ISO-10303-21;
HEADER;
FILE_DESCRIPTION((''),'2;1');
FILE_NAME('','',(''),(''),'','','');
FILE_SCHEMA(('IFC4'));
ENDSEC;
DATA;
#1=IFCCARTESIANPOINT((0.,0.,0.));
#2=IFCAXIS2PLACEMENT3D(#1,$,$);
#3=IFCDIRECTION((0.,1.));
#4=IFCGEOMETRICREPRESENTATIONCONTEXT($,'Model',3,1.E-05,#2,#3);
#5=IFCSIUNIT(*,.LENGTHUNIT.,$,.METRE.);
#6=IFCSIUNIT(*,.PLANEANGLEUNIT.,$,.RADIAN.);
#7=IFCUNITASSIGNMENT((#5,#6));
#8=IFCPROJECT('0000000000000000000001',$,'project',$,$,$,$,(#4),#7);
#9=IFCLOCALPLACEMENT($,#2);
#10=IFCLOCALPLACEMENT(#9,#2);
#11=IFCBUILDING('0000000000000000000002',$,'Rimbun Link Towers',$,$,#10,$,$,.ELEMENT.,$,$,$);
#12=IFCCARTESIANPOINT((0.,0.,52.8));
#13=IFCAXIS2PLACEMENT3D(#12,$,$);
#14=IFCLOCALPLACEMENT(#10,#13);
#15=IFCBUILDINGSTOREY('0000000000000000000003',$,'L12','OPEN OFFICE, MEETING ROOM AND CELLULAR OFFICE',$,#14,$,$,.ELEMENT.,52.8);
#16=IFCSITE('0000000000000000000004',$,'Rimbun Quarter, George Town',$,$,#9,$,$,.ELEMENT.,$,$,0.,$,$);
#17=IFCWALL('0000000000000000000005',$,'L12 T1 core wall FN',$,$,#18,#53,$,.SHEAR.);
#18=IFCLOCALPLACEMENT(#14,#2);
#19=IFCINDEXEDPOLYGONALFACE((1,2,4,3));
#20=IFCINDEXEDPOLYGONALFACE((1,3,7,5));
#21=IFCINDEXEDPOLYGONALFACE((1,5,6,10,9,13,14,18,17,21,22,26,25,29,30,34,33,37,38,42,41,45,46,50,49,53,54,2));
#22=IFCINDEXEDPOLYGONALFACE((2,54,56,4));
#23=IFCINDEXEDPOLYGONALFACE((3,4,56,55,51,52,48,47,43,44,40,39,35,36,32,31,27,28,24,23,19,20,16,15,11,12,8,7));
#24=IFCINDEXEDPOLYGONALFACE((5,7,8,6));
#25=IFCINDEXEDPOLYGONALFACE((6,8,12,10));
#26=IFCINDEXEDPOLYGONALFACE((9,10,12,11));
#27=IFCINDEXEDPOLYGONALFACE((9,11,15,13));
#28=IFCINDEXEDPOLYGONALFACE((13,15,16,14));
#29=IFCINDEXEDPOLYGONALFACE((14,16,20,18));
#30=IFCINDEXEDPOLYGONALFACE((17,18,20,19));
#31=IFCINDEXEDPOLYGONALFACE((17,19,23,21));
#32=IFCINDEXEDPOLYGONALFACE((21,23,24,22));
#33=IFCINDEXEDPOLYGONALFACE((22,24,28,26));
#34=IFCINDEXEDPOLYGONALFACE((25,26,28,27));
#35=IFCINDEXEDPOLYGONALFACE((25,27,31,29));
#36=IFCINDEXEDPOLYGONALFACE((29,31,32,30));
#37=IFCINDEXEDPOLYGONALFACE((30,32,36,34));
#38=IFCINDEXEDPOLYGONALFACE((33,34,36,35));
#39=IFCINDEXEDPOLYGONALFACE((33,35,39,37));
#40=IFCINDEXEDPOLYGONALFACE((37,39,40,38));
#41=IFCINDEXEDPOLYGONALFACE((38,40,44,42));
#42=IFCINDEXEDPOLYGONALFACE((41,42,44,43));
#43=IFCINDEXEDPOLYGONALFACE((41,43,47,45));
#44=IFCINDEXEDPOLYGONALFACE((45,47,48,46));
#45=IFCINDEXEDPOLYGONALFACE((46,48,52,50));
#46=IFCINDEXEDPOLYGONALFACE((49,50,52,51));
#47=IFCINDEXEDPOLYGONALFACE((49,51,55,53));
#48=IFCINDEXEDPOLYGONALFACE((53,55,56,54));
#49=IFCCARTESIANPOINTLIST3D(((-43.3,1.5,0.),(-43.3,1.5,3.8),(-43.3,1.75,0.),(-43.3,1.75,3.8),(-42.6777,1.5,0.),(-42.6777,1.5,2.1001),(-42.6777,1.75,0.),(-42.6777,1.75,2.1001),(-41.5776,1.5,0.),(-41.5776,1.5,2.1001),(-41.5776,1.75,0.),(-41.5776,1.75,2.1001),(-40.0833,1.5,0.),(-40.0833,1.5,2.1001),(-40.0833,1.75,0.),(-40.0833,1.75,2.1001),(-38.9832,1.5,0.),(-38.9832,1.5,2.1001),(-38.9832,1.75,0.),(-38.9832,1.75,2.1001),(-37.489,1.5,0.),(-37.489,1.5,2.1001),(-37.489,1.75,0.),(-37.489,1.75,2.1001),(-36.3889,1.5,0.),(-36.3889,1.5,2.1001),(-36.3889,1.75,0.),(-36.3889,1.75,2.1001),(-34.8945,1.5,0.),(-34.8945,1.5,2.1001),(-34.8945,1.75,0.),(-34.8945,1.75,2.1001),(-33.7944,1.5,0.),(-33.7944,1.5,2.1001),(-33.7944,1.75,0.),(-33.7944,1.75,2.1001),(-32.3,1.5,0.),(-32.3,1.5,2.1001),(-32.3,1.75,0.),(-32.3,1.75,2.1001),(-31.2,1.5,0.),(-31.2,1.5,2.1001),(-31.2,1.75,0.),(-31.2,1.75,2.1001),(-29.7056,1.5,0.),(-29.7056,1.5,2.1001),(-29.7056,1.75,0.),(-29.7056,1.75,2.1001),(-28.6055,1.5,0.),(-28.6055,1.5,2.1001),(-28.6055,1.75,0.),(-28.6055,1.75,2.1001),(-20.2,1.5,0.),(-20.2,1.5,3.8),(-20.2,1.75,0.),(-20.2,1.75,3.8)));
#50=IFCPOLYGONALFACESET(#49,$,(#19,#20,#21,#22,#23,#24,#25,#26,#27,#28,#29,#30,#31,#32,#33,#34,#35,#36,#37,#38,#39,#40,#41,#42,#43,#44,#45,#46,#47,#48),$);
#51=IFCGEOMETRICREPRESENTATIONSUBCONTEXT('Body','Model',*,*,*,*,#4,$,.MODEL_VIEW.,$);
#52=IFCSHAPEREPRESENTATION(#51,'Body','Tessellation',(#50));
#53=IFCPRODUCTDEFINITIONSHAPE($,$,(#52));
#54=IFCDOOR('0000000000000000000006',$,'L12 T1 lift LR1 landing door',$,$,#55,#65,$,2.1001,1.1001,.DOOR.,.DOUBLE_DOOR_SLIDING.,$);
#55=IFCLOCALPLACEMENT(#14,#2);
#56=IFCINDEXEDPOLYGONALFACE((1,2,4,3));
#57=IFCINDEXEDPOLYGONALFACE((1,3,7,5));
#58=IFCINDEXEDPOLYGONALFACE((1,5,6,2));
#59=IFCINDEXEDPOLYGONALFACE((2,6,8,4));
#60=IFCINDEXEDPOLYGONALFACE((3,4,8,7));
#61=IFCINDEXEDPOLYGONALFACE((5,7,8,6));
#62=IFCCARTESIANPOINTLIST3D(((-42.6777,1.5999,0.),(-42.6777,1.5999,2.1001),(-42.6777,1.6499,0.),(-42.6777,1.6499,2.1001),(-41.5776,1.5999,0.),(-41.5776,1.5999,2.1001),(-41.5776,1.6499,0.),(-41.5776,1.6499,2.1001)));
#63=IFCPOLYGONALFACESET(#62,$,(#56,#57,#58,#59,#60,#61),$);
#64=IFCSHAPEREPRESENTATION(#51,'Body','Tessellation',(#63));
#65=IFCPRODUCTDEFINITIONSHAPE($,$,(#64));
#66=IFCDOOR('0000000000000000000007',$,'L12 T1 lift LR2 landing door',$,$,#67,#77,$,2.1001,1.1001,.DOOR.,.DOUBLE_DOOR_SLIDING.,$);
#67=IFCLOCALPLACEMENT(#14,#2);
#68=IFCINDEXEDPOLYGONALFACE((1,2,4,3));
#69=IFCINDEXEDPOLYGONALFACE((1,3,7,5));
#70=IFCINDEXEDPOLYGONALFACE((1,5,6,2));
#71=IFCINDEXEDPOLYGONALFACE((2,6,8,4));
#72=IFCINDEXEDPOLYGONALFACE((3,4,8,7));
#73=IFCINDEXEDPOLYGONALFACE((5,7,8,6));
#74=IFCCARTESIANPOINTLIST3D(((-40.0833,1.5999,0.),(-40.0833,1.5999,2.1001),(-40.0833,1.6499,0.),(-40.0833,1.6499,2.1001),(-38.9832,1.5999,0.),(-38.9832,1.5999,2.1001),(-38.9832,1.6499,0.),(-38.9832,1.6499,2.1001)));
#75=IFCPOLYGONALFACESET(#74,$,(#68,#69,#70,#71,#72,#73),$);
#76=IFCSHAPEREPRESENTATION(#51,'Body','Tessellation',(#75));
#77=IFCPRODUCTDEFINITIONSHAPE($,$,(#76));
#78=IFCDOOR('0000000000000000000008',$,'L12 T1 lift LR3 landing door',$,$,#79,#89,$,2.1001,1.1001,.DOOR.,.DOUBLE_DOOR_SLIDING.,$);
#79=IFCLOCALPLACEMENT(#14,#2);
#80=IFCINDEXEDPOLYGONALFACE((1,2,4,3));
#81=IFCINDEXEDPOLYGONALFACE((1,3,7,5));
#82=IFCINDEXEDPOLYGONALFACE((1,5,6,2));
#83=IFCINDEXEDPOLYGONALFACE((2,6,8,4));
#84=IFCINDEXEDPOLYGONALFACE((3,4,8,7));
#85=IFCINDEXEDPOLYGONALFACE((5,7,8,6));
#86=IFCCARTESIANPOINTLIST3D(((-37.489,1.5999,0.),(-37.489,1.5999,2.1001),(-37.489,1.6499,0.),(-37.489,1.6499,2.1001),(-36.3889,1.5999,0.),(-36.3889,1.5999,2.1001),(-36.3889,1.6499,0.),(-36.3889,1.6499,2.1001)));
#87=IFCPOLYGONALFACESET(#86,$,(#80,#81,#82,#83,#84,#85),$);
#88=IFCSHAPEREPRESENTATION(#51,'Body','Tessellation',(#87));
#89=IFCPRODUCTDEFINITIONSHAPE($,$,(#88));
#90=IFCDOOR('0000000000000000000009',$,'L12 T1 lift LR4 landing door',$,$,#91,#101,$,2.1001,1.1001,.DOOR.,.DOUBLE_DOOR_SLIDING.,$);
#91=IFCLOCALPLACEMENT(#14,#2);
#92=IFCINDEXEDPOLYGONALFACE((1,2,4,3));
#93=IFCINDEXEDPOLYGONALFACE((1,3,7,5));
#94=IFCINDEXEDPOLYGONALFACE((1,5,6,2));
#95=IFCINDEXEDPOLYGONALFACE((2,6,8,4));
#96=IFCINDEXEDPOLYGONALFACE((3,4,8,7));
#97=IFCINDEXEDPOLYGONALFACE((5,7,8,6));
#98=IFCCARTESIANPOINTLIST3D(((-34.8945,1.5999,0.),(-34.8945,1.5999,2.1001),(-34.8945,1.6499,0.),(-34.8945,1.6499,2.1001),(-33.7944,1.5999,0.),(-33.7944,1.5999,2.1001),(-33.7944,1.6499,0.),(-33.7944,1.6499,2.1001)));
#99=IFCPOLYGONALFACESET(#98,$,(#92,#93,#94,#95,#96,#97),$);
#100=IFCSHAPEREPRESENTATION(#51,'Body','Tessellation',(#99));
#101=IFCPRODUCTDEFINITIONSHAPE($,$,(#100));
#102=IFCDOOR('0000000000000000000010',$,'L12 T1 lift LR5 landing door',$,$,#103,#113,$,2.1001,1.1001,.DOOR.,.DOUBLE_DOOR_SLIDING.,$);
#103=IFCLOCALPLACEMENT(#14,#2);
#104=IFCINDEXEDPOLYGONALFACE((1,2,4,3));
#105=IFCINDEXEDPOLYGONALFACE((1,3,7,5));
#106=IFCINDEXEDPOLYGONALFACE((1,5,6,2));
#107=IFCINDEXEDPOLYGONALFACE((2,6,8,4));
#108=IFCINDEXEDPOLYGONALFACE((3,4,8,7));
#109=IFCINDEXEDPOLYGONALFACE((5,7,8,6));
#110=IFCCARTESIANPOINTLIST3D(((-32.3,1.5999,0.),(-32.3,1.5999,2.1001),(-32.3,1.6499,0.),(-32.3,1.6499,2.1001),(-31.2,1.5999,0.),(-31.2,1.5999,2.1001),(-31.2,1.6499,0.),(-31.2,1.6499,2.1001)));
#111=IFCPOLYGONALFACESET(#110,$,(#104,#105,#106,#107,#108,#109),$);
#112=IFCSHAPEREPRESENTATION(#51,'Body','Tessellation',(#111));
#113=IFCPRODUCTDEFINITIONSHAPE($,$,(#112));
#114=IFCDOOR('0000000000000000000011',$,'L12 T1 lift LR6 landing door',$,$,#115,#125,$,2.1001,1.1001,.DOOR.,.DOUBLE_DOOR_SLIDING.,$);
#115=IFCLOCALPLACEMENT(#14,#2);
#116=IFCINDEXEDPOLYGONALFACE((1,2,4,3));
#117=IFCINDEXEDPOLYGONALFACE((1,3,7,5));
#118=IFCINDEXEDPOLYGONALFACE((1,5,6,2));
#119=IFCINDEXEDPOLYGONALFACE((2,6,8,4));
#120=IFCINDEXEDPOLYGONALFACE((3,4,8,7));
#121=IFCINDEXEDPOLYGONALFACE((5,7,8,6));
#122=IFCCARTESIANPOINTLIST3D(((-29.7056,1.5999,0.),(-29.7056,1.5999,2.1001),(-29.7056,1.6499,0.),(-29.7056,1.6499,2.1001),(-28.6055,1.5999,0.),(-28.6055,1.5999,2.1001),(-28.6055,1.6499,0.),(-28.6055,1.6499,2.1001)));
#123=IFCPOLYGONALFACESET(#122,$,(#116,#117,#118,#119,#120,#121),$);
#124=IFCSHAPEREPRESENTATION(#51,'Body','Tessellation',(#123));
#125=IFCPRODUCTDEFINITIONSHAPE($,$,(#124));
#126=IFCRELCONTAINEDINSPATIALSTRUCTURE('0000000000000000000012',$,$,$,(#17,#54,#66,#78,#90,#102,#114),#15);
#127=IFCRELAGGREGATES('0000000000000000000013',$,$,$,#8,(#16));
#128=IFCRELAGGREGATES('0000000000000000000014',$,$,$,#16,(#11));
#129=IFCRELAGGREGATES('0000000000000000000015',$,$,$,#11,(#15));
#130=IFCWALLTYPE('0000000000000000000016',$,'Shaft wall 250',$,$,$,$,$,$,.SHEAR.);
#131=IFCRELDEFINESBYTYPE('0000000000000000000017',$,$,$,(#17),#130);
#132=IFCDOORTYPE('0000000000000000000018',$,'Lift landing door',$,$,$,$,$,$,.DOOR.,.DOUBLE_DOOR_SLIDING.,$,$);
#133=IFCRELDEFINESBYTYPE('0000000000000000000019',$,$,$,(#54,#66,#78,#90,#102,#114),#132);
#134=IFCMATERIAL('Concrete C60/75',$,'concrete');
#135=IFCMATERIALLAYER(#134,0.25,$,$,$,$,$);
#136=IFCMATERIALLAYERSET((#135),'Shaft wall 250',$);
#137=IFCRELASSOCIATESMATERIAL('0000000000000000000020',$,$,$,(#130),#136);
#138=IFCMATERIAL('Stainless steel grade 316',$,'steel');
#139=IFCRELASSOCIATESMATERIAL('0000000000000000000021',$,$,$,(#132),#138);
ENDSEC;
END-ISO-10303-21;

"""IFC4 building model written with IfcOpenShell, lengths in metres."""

from ifc_helpers import new_model, si_unit, direction, frame, frame_2d, origin, place, context, subcontext, project, spatial, rectangle, extrude, material, layer, layer_set, type_object, element, fill, save


model = new_model("IFC4")

# Units and contexts
model_context = context("Model", 3, precision=1e-05, world=origin(), true_north=direction((0.0, 1.0)))
body_context = subcontext(model_context, "Body", "Model", "MODEL_VIEW")
ifc_project = project(units=[si_unit("LENGTHUNIT", "METRE"), si_unit("PLANEANGLEUNIT", "RADIAN")], contexts=[model_context])

# Site, building, storey
site_placement = place(None, origin())
site = spatial("IfcSite", under=ifc_project, at=site_placement, Name="Rimbun Quarter, George Town", CompositionType="ELEMENT", RefElevation=0.0)
building_placement = place(site_placement, origin())
building = spatial("IfcBuilding", under=site, at=building_placement, Name="Rimbun Link Towers", CompositionType="ELEMENT")
storey_placement = place(building_placement, frame((0.0, 0.0, 52.8)))
storey = spatial("IfcBuildingStorey", under=building, at=storey_placement, Name="L12", Description="OPEN OFFICE, MEETING ROOM AND CELLULAR OFFICE", CompositionType="ELEMENT", Elevation=52.8)

# Shared definitions
ifc_material_1 = material(Name="Concrete C60/75", Category="concrete")
ifc_layer_1 = layer(ifc_material_1, 0.25)
ifc_layer_set_1 = layer_set([ifc_layer_1], Name="Shaft wall 250")
wall_type_1 = type_object("IfcWallType", Name="Shaft wall 250", PredefinedType="SHEAR", material=ifc_layer_set_1)

# Wall, openings, doors
wall_1_placement = place(storey_placement, frame((-43.3, 1.625, 0.0), z_axis=(0.0, 0.0, 1.0), x_axis=(1.0, 0.0, 0.0)))
wall_1 = element("IfcWall", 1, at=wall_1_placement, inside=storey, type_object=wall_type_1, Name="L12 T1 core wall FN", PredefinedType="SHEAR", context=body_context, shape_type="SweptSolid", body=[
    extrude(rectangle(XDim=23.1001, YDim=0.25, at=frame_2d((11.55, 0.0))), origin(), (0.0, 0.0, 1.0), 3.8),
])
opening_1_placement = place(wall_1_placement, frame((0.6223, 0.0, 0.0)))
opening_1 = element("IfcOpeningElement", 2, at=opening_1_placement, cuts=wall_1, PredefinedType="OPENING", context=body_context, shape_type="SweptSolid", body=[
    extrude(rectangle(XDim=1.1001, YDim=2.1001, at=frame_2d((0.55, 1.05))), frame((0.0, 0.135, 0.0), z_axis=(0.0, -1.0, 0.0), x_axis=(1.0, 0.0, 0.0)), (0.0, 0.0, 1.0), 0.27),
])
opening_2_placement = place(wall_1_placement, frame((3.2168, 0.0, 0.0)))
opening_2 = element("IfcOpeningElement", 3, at=opening_2_placement, cuts=wall_1, PredefinedType="OPENING", context=body_context, shape_type="SweptSolid", body=[
    extrude(rectangle(XDim=1.1001, YDim=2.1001, at=frame_2d((0.55, 1.05))), frame((0.0, 0.135, 0.0), z_axis=(0.0, -1.0, 0.0), x_axis=(1.0, 0.0, 0.0)), (0.0, 0.0, 1.0), 0.27),
])
opening_3_placement = place(wall_1_placement, frame((5.811, 0.0, 0.0)))
opening_3 = element("IfcOpeningElement", 4, at=opening_3_placement, cuts=wall_1, PredefinedType="OPENING", context=body_context, shape_type="SweptSolid", body=[
    extrude(rectangle(XDim=1.1001, YDim=2.1001, at=frame_2d((0.55, 1.05))), frame((0.0, 0.135, 0.0), z_axis=(0.0, -1.0, 0.0), x_axis=(1.0, 0.0, 0.0)), (0.0, 0.0, 1.0), 0.27),
])
opening_4_placement = place(wall_1_placement, frame((8.4055, 0.0, 0.0)))
opening_4 = element("IfcOpeningElement", 5, at=opening_4_placement, cuts=wall_1, PredefinedType="OPENING", context=body_context, shape_type="SweptSolid", body=[
    extrude(rectangle(XDim=1.1001, YDim=2.1001, at=frame_2d((0.55, 1.05))), frame((0.0, 0.135, 0.0), z_axis=(0.0, -1.0, 0.0), x_axis=(1.0, 0.0, 0.0)), (0.0, 0.0, 1.0), 0.27),
])
opening_5_placement = place(wall_1_placement, frame((11.0, 0.0, 0.0)))
opening_5 = element("IfcOpeningElement", 6, at=opening_5_placement, cuts=wall_1, PredefinedType="OPENING", context=body_context, shape_type="SweptSolid", body=[
    extrude(rectangle(XDim=1.1001, YDim=2.1001, at=frame_2d((0.55, 1.05))), frame((0.0, 0.135, 0.0), z_axis=(0.0, -1.0, 0.0), x_axis=(1.0, 0.0, 0.0)), (0.0, 0.0, 1.0), 0.27),
])
opening_6_placement = place(wall_1_placement, frame((13.5945, 0.0, 0.0)))
opening_6 = element("IfcOpeningElement", 7, at=opening_6_placement, cuts=wall_1, PredefinedType="OPENING", context=body_context, shape_type="SweptSolid", body=[
    extrude(rectangle(XDim=1.1001, YDim=2.1001, at=frame_2d((0.55, 1.05))), frame((0.0, 0.135, 0.0), z_axis=(0.0, -1.0, 0.0), x_axis=(1.0, 0.0, 0.0)), (0.0, 0.0, 1.0), 0.27),
])
ifc_material_2 = material(Name="Stainless steel grade 316", Category="steel")
door_type_1 = type_object("IfcDoorType", Name="Lift landing door", OperationType="DOUBLE_DOOR_SLIDING", PredefinedType="DOOR", material=ifc_material_2)
door_1_placement = place(opening_1_placement, origin())
door_1 = element("IfcDoor", 8, at=door_1_placement, inside=storey, type_object=door_type_1, Name="L12 T1 lift LR1 landing door", OperationType="DOUBLE_DOOR_SLIDING", OverallHeight=2.1001, OverallWidth=1.1001, PredefinedType="DOOR", context=body_context, shape_type="SweptSolid", body=[
    extrude(rectangle(XDim=1.1001, YDim=2.1001, at=frame_2d((0.55, 1.05))), frame((0.0, 0.0249, 0.0), z_axis=(0.0, -1.0, 0.0), x_axis=(1.0, 0.0, 0.0)), (0.0, 0.0, 1.0), 0.05),
])
fill(opening_1, door_1)
door_2_placement = place(opening_2_placement, origin())
door_2 = element("IfcDoor", 9, at=door_2_placement, inside=storey, type_object=door_type_1, Name="L12 T1 lift LR2 landing door", OperationType="DOUBLE_DOOR_SLIDING", OverallHeight=2.1001, OverallWidth=1.1001, PredefinedType="DOOR", context=body_context, shape_type="SweptSolid", body=[
    extrude(rectangle(XDim=1.1001, YDim=2.1001, at=frame_2d((0.55, 1.05))), frame((0.0, 0.0249, 0.0), z_axis=(0.0, -1.0, 0.0), x_axis=(1.0, 0.0, 0.0)), (0.0, 0.0, 1.0), 0.05),
])
fill(opening_2, door_2)
door_3_placement = place(opening_3_placement, origin())
door_3 = element("IfcDoor", 10, at=door_3_placement, inside=storey, type_object=door_type_1, Name="L12 T1 lift LR3 landing door", OperationType="DOUBLE_DOOR_SLIDING", OverallHeight=2.1001, OverallWidth=1.1001, PredefinedType="DOOR", context=body_context, shape_type="SweptSolid", body=[
    extrude(rectangle(XDim=1.1001, YDim=2.1001, at=frame_2d((0.55, 1.05))), frame((0.0, 0.0249, 0.0), z_axis=(0.0, -1.0, 0.0), x_axis=(1.0, 0.0, 0.0)), (0.0, 0.0, 1.0), 0.05),
])
fill(opening_3, door_3)
door_4_placement = place(opening_4_placement, origin())
door_4 = element("IfcDoor", 11, at=door_4_placement, inside=storey, type_object=door_type_1, Name="L12 T1 lift LR4 landing door", OperationType="DOUBLE_DOOR_SLIDING", OverallHeight=2.1001, OverallWidth=1.1001, PredefinedType="DOOR", context=body_context, shape_type="SweptSolid", body=[
    extrude(rectangle(XDim=1.1001, YDim=2.1001, at=frame_2d((0.55, 1.05))), frame((0.0, 0.0249, 0.0), z_axis=(0.0, -1.0, 0.0), x_axis=(1.0, 0.0, 0.0)), (0.0, 0.0, 1.0), 0.05),
])
fill(opening_4, door_4)
door_5_placement = place(opening_5_placement, origin())
door_5 = element("IfcDoor", 12, at=door_5_placement, inside=storey, type_object=door_type_1, Name="L12 T1 lift LR5 landing door", OperationType="DOUBLE_DOOR_SLIDING", OverallHeight=2.1001, OverallWidth=1.1001, PredefinedType="DOOR", context=body_context, shape_type="SweptSolid", body=[
    extrude(rectangle(XDim=1.1001, YDim=2.1001, at=frame_2d((0.55, 1.05))), frame((0.0, 0.0249, 0.0), z_axis=(0.0, -1.0, 0.0), x_axis=(1.0, 0.0, 0.0)), (0.0, 0.0, 1.0), 0.05),
])
fill(opening_5, door_5)
door_6_placement = place(opening_6_placement, origin())
door_6 = element("IfcDoor", 13, at=door_6_placement, inside=storey, type_object=door_type_1, Name="L12 T1 lift LR6 landing door", OperationType="DOUBLE_DOOR_SLIDING", OverallHeight=2.1001, OverallWidth=1.1001, PredefinedType="DOOR", context=body_context, shape_type="SweptSolid", body=[
    extrude(rectangle(XDim=1.1001, YDim=2.1001, at=frame_2d((0.55, 1.05))), frame((0.0, 0.0249, 0.0), z_axis=(0.0, -1.0, 0.0), x_axis=(1.0, 0.0, 0.0)), (0.0, 0.0, 1.0), 0.05),
])
fill(opening_6, door_6)

save(model, "model.ifc")
